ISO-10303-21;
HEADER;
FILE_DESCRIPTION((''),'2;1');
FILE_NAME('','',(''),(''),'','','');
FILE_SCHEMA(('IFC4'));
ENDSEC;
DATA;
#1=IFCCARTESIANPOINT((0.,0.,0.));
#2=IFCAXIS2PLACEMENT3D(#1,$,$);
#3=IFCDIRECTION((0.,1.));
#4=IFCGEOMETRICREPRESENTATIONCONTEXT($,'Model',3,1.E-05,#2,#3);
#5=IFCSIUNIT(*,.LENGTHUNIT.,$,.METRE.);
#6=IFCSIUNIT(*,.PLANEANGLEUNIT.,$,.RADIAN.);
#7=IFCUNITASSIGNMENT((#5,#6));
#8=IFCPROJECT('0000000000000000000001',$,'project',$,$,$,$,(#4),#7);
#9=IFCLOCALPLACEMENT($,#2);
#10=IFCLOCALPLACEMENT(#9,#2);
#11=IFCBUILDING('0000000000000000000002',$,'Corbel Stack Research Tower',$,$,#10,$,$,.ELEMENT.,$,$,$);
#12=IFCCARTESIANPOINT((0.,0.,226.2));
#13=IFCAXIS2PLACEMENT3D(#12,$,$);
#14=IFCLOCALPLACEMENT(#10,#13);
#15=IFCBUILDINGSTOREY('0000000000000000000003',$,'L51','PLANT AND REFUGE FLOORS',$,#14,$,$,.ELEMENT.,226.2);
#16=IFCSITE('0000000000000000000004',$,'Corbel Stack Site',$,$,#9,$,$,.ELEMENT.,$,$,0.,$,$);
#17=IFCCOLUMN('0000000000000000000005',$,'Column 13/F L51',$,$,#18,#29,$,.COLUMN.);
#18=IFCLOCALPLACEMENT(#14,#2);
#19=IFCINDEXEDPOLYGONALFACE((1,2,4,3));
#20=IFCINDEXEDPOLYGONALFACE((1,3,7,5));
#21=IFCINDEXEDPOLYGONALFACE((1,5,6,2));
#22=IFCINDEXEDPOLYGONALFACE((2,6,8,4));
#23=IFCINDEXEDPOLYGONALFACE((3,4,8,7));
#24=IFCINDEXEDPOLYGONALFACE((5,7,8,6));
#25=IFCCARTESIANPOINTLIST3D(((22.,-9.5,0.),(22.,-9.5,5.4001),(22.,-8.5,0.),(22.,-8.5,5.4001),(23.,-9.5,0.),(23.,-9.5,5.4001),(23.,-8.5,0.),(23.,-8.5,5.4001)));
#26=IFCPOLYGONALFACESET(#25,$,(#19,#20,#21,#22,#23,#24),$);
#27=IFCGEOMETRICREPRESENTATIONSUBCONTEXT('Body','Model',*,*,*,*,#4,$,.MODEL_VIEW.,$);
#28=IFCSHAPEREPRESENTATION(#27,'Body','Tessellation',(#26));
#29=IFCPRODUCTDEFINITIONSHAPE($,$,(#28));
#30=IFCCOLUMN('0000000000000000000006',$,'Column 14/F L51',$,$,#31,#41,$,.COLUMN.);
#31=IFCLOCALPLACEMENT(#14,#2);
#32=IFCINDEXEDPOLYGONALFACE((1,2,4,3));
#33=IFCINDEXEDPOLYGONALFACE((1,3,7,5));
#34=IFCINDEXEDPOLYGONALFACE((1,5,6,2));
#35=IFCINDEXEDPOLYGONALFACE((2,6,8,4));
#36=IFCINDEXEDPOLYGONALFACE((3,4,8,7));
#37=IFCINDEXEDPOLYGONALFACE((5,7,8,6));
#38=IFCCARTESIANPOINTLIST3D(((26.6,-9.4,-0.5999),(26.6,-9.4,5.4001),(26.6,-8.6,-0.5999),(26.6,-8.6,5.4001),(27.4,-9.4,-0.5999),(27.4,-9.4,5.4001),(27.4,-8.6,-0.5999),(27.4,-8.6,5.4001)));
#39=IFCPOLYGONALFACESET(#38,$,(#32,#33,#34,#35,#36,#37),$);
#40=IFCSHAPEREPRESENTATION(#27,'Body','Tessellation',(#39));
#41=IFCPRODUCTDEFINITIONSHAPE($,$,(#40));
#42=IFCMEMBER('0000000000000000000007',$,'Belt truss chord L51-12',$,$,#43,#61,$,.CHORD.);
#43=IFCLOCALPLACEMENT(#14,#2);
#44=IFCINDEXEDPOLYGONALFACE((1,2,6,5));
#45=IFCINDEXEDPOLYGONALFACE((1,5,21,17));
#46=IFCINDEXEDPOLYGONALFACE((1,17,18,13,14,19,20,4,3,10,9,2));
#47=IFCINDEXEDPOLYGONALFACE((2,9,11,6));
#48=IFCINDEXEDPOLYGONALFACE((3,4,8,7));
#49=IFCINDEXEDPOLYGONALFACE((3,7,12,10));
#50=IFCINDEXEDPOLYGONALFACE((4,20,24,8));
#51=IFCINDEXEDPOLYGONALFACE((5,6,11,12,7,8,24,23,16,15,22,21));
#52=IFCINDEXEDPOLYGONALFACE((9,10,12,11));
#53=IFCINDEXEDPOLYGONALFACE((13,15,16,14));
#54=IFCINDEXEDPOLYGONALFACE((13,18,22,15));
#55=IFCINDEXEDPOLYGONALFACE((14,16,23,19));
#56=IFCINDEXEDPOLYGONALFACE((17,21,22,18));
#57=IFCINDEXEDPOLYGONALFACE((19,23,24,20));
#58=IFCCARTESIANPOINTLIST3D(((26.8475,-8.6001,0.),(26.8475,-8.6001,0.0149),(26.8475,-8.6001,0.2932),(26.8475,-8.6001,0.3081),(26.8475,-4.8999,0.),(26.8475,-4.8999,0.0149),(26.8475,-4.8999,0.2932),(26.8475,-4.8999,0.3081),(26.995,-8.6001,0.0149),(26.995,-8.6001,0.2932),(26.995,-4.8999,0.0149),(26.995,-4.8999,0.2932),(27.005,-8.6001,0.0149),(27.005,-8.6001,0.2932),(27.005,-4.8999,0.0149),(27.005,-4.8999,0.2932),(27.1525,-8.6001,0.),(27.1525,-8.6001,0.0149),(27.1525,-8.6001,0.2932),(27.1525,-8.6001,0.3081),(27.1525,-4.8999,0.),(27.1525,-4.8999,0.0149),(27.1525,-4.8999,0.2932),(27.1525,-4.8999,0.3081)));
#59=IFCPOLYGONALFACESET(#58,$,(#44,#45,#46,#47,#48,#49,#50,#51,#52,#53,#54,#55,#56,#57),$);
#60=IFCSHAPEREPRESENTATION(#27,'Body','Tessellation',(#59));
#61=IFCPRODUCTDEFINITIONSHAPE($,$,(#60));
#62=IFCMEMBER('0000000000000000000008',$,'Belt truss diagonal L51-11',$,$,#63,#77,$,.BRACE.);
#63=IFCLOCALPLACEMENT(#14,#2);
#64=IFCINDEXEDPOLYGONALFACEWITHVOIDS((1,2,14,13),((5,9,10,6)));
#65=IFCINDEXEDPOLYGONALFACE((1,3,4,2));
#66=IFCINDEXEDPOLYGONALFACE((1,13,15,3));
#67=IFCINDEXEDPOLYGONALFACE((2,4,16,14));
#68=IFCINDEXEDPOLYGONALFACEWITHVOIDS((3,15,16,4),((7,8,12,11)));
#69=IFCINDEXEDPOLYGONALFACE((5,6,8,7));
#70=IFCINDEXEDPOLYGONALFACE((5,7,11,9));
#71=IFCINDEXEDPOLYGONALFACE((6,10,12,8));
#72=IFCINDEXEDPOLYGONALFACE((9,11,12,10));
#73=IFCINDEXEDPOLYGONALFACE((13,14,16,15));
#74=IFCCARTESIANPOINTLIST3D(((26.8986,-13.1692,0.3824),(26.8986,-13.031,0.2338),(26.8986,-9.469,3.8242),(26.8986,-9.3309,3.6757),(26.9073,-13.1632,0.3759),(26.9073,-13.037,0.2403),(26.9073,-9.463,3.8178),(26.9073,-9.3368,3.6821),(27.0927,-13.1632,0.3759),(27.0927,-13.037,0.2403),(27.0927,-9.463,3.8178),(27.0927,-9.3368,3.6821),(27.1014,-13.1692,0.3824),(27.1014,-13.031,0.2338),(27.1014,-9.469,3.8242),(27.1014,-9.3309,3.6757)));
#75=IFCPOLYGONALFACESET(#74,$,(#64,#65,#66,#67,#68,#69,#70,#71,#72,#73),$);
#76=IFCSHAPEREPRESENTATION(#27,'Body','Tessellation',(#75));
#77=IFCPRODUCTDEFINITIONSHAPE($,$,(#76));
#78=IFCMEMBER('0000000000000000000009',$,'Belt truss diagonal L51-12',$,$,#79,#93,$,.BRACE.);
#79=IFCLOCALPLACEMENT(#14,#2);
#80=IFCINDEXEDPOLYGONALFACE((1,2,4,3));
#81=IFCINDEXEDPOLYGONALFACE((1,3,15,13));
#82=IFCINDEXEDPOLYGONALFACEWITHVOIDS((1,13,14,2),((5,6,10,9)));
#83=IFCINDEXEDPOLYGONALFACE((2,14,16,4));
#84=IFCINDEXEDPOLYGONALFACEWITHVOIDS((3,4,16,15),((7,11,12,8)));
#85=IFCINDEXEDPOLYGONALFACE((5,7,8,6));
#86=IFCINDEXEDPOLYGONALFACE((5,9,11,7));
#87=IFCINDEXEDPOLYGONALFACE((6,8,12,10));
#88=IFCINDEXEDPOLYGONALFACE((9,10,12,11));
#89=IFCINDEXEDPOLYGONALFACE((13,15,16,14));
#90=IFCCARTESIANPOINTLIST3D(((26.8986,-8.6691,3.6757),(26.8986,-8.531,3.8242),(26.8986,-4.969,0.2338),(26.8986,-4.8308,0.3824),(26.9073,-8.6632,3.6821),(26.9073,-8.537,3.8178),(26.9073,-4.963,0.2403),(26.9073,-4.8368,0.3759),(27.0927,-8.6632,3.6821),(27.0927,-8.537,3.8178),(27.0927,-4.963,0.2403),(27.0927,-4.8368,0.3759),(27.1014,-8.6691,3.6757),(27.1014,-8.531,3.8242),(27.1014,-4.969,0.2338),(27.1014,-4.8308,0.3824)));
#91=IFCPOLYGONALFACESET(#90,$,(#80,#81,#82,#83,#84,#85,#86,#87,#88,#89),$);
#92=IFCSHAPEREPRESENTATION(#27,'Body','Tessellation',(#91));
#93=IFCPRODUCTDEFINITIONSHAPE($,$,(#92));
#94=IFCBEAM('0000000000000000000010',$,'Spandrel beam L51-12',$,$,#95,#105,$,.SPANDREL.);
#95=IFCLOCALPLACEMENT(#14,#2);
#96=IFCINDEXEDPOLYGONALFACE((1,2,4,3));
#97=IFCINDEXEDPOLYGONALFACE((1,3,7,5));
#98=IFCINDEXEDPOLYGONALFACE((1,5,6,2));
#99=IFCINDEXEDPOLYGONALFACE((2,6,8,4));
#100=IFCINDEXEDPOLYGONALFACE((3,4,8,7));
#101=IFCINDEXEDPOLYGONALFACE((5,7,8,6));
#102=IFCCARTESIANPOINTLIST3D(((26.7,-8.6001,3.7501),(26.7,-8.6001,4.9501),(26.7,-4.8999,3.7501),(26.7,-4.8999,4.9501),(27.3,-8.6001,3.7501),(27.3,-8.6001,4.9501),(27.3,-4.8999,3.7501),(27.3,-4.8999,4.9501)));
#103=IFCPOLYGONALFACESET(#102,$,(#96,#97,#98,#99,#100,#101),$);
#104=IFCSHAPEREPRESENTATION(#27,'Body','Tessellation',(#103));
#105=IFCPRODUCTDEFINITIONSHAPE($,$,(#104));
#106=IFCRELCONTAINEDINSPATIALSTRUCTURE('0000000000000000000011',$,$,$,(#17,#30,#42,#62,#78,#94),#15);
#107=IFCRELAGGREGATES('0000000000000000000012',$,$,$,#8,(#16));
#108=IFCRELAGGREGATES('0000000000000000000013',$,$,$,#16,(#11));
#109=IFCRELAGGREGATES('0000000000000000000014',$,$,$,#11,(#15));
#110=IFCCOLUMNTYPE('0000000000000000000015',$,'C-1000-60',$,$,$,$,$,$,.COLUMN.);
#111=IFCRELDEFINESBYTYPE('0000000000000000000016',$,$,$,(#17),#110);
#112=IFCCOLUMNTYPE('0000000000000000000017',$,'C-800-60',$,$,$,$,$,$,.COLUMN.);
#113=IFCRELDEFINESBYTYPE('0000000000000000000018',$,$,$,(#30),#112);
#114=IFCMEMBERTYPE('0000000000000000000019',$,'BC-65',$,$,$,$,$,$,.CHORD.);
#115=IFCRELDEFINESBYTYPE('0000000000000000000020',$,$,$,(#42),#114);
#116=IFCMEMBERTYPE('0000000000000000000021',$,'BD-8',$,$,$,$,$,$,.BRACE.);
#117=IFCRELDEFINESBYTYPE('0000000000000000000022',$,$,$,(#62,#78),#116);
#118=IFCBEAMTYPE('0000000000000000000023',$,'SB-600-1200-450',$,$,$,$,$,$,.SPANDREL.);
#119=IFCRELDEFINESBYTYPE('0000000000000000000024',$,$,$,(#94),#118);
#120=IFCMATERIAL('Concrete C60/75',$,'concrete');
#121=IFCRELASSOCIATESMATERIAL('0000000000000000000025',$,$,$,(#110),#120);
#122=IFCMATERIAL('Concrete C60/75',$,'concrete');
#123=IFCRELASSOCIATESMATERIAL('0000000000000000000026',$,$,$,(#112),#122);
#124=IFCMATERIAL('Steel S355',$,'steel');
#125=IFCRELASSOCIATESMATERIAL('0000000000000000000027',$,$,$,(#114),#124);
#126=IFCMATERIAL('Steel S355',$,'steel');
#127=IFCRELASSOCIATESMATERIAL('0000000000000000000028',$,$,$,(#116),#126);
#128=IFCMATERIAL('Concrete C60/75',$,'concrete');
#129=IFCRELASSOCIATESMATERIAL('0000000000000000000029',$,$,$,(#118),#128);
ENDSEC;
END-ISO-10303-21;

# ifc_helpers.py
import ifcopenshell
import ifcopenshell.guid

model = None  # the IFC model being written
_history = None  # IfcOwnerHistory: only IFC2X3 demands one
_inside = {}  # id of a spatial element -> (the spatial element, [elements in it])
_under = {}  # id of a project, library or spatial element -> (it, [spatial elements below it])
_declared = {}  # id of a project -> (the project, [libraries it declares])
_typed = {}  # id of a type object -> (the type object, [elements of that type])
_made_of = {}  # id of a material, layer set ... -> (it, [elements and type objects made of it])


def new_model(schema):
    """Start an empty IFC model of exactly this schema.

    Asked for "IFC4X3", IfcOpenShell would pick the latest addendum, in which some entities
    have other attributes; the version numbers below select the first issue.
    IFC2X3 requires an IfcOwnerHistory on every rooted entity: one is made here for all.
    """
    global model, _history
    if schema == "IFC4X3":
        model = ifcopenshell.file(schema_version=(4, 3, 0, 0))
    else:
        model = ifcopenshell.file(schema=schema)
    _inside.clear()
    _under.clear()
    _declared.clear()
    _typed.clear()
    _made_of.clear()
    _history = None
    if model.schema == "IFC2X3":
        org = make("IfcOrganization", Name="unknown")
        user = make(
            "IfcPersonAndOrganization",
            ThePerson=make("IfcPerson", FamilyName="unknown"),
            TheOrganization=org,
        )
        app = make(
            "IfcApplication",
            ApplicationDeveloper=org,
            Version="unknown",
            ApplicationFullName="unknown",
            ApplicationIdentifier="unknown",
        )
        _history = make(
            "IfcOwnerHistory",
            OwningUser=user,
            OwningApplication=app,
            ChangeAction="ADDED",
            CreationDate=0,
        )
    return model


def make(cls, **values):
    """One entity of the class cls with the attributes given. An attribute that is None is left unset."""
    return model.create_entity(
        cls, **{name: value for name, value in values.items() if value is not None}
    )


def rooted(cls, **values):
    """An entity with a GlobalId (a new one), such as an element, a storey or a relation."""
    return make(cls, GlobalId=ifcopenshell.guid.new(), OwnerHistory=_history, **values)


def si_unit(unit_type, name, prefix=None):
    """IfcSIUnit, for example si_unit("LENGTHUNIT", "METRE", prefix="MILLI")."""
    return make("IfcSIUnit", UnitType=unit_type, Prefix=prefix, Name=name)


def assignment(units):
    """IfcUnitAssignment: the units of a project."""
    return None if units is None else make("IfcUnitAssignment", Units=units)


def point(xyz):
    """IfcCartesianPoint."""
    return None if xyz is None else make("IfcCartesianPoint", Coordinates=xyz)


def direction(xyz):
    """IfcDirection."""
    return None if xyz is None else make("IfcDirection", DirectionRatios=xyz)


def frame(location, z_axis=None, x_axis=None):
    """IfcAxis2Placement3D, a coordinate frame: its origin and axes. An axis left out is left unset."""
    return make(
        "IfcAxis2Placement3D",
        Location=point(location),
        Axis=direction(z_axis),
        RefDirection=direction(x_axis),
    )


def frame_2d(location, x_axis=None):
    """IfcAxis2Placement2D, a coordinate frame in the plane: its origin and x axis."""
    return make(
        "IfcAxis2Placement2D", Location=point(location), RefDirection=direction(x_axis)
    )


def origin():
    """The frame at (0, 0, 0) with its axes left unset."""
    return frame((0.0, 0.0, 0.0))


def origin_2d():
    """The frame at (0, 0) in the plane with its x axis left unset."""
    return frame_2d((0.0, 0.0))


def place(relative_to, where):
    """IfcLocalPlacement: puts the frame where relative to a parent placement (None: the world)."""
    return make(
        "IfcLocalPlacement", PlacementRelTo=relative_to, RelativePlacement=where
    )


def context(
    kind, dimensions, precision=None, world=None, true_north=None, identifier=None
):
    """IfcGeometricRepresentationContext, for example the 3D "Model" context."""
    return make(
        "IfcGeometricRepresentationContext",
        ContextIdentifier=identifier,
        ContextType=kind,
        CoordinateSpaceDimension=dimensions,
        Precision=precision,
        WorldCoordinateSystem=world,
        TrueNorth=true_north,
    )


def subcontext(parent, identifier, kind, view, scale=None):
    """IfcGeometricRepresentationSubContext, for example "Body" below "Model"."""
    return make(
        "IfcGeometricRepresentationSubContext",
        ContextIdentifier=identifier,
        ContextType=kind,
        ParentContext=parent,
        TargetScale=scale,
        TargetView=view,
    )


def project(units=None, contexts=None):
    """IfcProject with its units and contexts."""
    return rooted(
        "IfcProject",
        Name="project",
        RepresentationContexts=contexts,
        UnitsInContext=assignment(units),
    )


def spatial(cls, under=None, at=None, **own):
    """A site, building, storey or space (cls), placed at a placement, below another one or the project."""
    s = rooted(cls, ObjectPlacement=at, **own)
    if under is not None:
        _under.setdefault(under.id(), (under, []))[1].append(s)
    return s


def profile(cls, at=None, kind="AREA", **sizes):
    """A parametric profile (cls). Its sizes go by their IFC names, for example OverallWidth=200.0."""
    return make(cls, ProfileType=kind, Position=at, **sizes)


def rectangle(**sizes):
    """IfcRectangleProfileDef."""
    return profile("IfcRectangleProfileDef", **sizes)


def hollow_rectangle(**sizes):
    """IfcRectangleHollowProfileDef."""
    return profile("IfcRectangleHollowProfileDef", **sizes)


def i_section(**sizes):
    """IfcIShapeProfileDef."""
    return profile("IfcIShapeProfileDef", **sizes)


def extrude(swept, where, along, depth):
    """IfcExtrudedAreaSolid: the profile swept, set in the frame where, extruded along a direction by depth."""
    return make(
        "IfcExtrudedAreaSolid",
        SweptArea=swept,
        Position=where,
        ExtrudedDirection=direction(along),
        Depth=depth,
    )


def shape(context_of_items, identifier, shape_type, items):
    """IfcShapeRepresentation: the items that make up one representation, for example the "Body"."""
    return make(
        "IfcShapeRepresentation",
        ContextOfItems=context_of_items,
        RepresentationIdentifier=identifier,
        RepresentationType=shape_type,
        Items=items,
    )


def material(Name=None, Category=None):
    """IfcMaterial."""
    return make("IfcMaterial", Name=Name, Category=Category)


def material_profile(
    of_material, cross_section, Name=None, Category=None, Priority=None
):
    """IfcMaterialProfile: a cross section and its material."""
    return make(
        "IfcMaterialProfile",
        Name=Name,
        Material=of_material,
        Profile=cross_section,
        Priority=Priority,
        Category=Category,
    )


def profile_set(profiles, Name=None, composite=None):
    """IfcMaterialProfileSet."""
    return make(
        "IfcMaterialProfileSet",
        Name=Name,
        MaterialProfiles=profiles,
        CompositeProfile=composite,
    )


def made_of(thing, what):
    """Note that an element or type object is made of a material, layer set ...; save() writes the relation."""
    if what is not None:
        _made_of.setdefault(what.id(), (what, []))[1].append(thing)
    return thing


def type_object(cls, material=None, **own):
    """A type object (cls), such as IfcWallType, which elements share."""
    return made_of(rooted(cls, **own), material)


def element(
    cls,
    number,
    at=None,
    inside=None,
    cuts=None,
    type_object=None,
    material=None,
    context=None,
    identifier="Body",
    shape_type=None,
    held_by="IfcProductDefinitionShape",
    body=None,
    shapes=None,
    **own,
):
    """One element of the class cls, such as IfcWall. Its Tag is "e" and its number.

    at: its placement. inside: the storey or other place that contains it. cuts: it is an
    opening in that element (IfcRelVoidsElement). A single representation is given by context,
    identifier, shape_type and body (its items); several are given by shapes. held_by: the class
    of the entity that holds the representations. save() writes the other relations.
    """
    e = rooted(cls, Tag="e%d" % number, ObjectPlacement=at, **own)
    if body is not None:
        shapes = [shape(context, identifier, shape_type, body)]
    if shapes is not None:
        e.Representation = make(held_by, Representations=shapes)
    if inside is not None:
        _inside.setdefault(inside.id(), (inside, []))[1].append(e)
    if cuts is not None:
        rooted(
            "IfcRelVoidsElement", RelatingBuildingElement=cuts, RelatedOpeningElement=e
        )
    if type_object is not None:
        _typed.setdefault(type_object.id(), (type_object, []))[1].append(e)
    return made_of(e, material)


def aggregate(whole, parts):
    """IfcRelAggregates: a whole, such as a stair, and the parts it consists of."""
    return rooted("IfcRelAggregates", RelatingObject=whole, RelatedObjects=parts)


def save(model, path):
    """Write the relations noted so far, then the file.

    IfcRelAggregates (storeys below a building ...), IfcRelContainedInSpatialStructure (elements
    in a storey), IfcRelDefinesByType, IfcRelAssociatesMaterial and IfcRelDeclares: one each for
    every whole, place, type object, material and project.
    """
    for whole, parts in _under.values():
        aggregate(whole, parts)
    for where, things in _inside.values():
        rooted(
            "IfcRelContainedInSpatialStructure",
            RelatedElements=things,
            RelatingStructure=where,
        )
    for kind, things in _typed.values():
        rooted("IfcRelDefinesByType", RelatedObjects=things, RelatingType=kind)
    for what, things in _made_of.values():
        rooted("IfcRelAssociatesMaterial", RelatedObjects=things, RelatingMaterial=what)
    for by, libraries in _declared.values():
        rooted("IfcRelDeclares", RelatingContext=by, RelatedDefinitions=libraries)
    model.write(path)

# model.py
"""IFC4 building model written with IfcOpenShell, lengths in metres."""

from ifc_helpers import new_model, si_unit, direction, frame, origin, origin_2d, place, context, subcontext, project, spatial, rectangle, hollow_rectangle, i_section, extrude, material, material_profile, profile_set, type_object, element, save


model = new_model("IFC4")

# Units and contexts
model_context = context("Model", 3, precision=1e-05, world=origin(), true_north=direction((0.0, 1.0)))
body_context = subcontext(model_context, "Body", "Model", "MODEL_VIEW")
ifc_project = project(units=[si_unit("LENGTHUNIT", "METRE"), si_unit("PLANEANGLEUNIT", "RADIAN")], contexts=[model_context])

# Site, building, storey
site_placement = place(None, origin())
site = spatial("IfcSite", under=ifc_project, at=site_placement, Name="Corbel Stack Site", CompositionType="ELEMENT", RefElevation=0.0)
building_placement = place(site_placement, origin())
building = spatial("IfcBuilding", under=site, at=building_placement, Name="Corbel Stack Research Tower", CompositionType="ELEMENT")
storey_placement = place(building_placement, frame((0.0, 0.0, 226.2)))
storey = spatial("IfcBuildingStorey", under=building, at=storey_placement, Name="L51", Description="PLANT AND REFUGE FLOORS", CompositionType="ELEMENT", Elevation=226.2)

# Columns
ifc_material_1 = material(Name="Concrete C60/75", Category="concrete")
ifc_material_profile_1 = material_profile(ifc_material_1, rectangle(XDim=1.0, YDim=1.0, at=origin_2d()), Name="RC 1000 x 1000")
ifc_profile_set_1 = profile_set([ifc_material_profile_1], Name="Concrete C60/75")
column_type_1 = type_object("IfcColumnType", Name="C-1000-60", PredefinedType="COLUMN", material=ifc_profile_set_1)
column_1_placement = place(storey_placement, frame((22.5, -9.0, 0.0), z_axis=(0.0, 0.0, 1.0), x_axis=(1.0, 0.0, 0.0)))
element("IfcColumn", 1, at=column_1_placement, inside=storey, type_object=column_type_1, Name="Column 13/F L51", PredefinedType="COLUMN", context=body_context, shape_type="SweptSolid", body=[
    extrude(rectangle(XDim=1.0, YDim=1.0, at=origin_2d()), origin(), (0.0, 0.0, 1.0), 5.4001),
])
ifc_material_2 = material(Name="Concrete C60/75", Category="concrete")
ifc_material_profile_2 = material_profile(ifc_material_2, rectangle(XDim=0.8, YDim=0.8, at=origin_2d()), Name="RC 800 x 800")
ifc_profile_set_2 = profile_set([ifc_material_profile_2], Name="Concrete C60/75")
column_type_2 = type_object("IfcColumnType", Name="C-800-60", PredefinedType="COLUMN", material=ifc_profile_set_2)
column_2_placement = place(storey_placement, frame((27.0, -9.0, -0.5999), z_axis=(0.0, 0.0, 1.0), x_axis=(1.0, 0.0, 0.0)))
element("IfcColumn", 2, at=column_2_placement, inside=storey, type_object=column_type_2, Name="Column 14/F L51", PredefinedType="COLUMN", context=body_context, shape_type="SweptSolid", body=[
    extrude(rectangle(XDim=0.8, YDim=0.8, at=origin_2d()), origin(), (0.0, 0.0, 1.0), 6.0),
])

# Members
ifc_material_3 = material(Name="Steel S355", Category="steel")
ifc_material_profile_3 = material_profile(ifc_material_3, i_section(OverallWidth=0.3049, OverallDepth=0.3081, WebThickness=0.01, FlangeThickness=0.0149, at=origin_2d()), Name="W12x65")
ifc_profile_set_3 = profile_set([ifc_material_profile_3], Name="Steel S355")
member_type_1 = type_object("IfcMemberType", Name="BC-65", PredefinedType="CHORD", material=ifc_profile_set_3)
member_placement = place(storey_placement, frame((27.0, -8.6001, 0.1541), z_axis=(0.0, 1.0, 0.0), x_axis=(-1.0, 0.0, 0.0)))
element("IfcMember", 3, at=member_placement, inside=storey, type_object=member_type_1, Name="Belt truss chord L51-12", PredefinedType="CHORD", context=body_context, shape_type="SweptSolid", body=[
    extrude(i_section(OverallWidth=0.3049, OverallDepth=0.3081, WebThickness=0.01, FlangeThickness=0.0149, at=origin_2d()), origin(), (0.0, 0.0, 1.0), 3.7002),
])
ifc_material_4 = material(Name="Steel S355", Category="steel")
ifc_material_profile_4 = material_profile(ifc_material_4, hollow_rectangle(XDim=0.2029, YDim=0.2029, WallThickness=0.0088, at=origin_2d()), Name="HSS8x8x3/8")
ifc_profile_set_4 = profile_set([ifc_material_profile_4], Name="Steel S355")
member_type_2 = type_object("IfcMemberType", Name="BD-8", PredefinedType="BRACE", material=ifc_profile_set_4)
for number, where, z_axis, x_axis, name in (
    (4, (27.0, -13.1001, 0.3081), (0.0, 0.732201, 0.681088), (-1.0, 0.0, 0.0), "Belt truss diagonal L51-11"),
    (5, (27.0, -4.8999, 0.3081), (0.0, -0.732201, 0.681088), (1.0, 0.0, 0.0), "Belt truss diagonal L51-12"),
):
    element("IfcMember", number, at=place(storey_placement, frame(where, z_axis=z_axis, x_axis=x_axis)), inside=storey, type_object=member_type_2, Name=name, PredefinedType="BRACE", context=body_context, shape_type="SweptSolid", body=[
        extrude(hollow_rectangle(XDim=0.2029, YDim=0.2029, WallThickness=0.0088, at=origin_2d()), origin(), (0.0, 0.0, 1.0), 5.0535),
    ])

# Beam
ifc_material_5 = material(Name="Concrete C60/75", Category="concrete")
ifc_material_profile_5 = material_profile(ifc_material_5, rectangle(XDim=0.6001, YDim=1.2, at=origin_2d()), Name="RC 600 x 1200")
ifc_profile_set_5 = profile_set([ifc_material_profile_5], Name="Concrete C60/75")
beam_type = type_object("IfcBeamType", Name="SB-600-1200-450", PredefinedType="SPANDREL", material=ifc_profile_set_5)
beam_placement = place(storey_placement, frame((27.0, -8.6001, 4.3501), z_axis=(0.0, 1.0, 0.0), x_axis=(-1.0, 0.0, 0.0)))
element("IfcBeam", 6, at=beam_placement, inside=storey, type_object=beam_type, Name="Spandrel beam L51-12", PredefinedType="SPANDREL", context=body_context, shape_type="SweptSolid", body=[
    extrude(rectangle(XDim=0.6001, YDim=1.2, at=origin_2d()), origin(), (0.0, 0.0, 1.0), 3.7002),
])

save(model, "model.ifc")
